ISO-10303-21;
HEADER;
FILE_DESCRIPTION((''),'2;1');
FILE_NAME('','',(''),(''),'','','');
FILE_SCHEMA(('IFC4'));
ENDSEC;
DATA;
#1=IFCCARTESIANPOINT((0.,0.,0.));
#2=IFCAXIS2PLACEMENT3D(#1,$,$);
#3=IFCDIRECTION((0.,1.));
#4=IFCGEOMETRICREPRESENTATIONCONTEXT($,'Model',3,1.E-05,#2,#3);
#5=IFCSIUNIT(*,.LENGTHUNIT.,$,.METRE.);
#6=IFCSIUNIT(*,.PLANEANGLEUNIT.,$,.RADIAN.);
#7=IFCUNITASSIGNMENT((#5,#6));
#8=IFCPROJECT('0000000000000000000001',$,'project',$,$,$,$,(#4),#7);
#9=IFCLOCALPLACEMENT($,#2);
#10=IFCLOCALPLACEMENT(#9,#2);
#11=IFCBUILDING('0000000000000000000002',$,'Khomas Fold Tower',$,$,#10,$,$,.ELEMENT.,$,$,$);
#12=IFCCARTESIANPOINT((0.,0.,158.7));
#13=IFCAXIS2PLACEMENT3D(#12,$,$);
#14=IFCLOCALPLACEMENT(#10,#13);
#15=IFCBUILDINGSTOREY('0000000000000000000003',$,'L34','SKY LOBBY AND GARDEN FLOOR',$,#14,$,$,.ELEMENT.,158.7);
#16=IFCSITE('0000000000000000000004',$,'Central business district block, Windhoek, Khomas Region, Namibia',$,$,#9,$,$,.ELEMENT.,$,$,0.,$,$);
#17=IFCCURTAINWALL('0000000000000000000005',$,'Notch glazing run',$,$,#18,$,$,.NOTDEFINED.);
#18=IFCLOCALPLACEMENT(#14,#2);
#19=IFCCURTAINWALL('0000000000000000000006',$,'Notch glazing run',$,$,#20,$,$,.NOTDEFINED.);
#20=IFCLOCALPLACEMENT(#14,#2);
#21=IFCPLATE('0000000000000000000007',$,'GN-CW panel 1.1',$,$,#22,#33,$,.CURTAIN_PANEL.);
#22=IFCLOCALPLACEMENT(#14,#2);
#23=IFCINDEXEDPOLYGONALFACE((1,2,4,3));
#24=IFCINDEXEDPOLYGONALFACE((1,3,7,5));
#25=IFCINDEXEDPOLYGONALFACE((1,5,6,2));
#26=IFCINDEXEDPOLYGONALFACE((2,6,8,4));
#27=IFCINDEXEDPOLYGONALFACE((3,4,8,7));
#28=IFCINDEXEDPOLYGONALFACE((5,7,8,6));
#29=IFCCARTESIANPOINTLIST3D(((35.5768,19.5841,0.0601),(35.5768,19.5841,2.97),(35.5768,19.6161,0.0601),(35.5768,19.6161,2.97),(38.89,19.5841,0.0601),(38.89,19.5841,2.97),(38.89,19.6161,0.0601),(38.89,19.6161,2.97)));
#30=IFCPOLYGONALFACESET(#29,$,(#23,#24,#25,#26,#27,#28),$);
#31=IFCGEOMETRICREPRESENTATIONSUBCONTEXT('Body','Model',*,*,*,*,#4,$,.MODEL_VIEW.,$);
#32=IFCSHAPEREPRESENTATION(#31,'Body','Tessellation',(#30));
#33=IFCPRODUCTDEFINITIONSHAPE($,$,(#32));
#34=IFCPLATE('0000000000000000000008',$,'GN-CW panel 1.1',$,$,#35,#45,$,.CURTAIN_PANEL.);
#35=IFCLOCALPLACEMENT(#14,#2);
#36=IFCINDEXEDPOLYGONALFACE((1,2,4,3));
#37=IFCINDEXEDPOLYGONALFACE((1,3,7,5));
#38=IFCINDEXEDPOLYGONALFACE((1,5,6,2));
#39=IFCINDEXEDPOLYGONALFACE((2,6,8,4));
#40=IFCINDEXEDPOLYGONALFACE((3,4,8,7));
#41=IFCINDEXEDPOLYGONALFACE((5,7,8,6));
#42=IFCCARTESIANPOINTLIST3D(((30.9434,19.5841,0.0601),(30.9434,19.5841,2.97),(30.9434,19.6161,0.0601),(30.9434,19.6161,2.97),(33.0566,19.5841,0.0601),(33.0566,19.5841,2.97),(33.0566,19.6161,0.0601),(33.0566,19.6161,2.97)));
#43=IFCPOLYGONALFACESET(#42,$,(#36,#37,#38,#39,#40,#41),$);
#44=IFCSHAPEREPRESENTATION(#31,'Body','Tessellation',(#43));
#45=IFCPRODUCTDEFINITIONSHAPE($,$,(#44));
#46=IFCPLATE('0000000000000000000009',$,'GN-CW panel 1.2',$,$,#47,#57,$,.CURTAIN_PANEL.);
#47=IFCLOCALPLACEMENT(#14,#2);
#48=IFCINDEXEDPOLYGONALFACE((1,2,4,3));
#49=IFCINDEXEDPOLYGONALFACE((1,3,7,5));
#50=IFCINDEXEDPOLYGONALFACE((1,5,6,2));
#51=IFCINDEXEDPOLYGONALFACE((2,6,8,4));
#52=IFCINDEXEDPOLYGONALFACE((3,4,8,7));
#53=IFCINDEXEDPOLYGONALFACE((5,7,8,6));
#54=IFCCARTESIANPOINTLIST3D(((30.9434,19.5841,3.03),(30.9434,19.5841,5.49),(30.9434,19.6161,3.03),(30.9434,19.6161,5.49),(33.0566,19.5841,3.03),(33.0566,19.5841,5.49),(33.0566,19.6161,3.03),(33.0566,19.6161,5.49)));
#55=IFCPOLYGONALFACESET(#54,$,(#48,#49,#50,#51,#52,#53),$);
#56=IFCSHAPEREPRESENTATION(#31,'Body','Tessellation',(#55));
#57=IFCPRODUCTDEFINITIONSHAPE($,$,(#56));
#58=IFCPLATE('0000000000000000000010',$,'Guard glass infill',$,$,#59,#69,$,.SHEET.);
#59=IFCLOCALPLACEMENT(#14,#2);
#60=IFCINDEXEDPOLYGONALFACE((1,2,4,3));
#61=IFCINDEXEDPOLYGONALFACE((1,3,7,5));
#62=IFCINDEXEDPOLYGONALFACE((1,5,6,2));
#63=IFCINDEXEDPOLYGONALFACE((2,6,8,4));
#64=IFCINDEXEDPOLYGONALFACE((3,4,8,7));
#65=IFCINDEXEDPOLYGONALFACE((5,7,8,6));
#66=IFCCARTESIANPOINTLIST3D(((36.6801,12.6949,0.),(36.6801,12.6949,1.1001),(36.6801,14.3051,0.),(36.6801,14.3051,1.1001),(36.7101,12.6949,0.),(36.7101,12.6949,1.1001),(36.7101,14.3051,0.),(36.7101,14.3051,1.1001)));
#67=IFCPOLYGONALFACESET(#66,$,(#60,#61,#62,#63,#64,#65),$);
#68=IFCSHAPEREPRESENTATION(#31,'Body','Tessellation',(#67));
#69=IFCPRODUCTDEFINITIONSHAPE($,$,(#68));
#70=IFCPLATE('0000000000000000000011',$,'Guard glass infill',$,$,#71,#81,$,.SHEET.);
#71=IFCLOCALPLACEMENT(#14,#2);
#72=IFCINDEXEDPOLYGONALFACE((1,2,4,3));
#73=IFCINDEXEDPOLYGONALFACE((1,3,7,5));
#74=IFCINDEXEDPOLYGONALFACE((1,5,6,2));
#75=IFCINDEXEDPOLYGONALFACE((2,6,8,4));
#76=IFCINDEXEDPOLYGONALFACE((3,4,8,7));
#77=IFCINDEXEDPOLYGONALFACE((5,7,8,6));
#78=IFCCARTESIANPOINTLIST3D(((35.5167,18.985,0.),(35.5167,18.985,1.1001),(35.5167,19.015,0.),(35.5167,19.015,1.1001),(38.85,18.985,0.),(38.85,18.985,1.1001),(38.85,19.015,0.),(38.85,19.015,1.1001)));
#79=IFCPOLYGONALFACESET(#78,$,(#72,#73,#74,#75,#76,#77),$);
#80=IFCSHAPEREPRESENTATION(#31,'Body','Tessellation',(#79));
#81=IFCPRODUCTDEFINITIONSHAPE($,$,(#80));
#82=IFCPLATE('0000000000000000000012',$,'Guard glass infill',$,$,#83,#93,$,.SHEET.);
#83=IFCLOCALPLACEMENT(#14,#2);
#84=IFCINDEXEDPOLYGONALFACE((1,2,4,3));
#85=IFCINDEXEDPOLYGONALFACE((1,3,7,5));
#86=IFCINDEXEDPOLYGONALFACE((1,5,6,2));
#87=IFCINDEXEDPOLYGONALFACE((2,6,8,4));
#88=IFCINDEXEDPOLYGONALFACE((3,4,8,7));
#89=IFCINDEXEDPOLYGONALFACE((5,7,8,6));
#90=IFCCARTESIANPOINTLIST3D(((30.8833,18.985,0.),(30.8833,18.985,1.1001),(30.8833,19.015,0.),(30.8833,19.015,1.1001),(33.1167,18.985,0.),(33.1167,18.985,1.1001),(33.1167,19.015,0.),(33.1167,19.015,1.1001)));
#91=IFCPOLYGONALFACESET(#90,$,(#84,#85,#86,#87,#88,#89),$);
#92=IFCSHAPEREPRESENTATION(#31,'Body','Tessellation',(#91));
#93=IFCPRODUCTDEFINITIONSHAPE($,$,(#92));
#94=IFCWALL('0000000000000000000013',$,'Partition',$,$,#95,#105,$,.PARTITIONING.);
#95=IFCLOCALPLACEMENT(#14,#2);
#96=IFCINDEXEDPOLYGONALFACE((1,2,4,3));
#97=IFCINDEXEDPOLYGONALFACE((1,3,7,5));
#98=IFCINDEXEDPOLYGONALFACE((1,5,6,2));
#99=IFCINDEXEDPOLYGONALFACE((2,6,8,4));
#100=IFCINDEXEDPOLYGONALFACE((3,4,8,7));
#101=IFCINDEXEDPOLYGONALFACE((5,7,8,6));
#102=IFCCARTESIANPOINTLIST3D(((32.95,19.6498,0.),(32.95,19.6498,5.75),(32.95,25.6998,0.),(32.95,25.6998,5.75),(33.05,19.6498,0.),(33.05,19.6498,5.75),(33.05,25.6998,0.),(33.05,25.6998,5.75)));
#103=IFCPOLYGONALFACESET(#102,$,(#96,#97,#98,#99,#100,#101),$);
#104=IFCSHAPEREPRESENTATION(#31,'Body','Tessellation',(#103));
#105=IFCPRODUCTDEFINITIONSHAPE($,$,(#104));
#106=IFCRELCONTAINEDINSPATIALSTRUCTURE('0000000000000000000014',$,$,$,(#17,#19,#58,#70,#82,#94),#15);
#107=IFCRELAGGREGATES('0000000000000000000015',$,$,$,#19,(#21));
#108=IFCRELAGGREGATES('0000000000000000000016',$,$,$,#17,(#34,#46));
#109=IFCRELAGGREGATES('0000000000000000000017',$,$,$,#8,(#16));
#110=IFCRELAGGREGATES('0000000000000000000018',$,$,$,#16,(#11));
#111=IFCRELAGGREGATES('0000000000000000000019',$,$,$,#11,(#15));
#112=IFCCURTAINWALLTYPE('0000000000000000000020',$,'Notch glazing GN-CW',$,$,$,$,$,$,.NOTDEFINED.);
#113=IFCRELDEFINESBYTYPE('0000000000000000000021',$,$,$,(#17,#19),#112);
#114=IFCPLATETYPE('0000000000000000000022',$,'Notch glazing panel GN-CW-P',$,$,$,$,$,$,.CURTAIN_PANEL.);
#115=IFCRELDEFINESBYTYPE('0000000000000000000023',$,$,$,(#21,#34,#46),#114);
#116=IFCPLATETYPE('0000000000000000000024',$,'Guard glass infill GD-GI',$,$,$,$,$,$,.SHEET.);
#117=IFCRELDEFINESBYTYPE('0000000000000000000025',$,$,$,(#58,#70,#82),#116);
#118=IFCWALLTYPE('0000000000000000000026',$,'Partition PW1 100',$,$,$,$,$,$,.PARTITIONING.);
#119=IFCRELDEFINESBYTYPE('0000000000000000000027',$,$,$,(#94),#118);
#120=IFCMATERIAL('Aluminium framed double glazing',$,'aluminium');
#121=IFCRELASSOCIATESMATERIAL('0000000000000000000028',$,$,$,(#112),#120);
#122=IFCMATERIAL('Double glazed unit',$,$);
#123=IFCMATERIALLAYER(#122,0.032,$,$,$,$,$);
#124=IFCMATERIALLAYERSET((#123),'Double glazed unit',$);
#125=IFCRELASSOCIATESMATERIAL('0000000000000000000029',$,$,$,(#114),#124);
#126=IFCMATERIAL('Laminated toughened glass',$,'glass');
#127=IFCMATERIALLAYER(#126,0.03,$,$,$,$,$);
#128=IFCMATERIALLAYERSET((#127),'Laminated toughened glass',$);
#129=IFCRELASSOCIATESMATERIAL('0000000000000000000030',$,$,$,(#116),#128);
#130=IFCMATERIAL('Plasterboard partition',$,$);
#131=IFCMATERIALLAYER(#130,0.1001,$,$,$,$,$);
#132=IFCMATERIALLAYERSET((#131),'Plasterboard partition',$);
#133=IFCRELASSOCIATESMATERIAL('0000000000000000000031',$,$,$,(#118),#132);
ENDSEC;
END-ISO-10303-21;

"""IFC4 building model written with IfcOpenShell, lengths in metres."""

from ifc_helpers import new_model, si_unit, direction, frame, frame_2d, origin, origin_2d, place, context, subcontext, project, spatial, rectangle, extrude, source, transform, mapped, material, layer, layer_set, type_object, element, aggregate, save


model = new_model("IFC4")

# Units and contexts
model_context = context("Model", 3, precision=1e-05, world=origin(), true_north=direction((0.0, 1.0)))
body_context = subcontext(model_context, "Body", "Model", "MODEL_VIEW")
ifc_project = project(units=[si_unit("LENGTHUNIT", "METRE"), si_unit("PLANEANGLEUNIT", "RADIAN")], contexts=[model_context])

# Site, building, storey
site_placement = place(None, origin())
site = spatial("IfcSite", under=ifc_project, at=site_placement, Name="Central business district block, Windhoek, Khomas Region, Namibia", CompositionType="ELEMENT", RefElevation=0.0)
building_placement = place(site_placement, origin())
building = spatial("IfcBuilding", under=site, at=building_placement, Name="Khomas Fold Tower", CompositionType="ELEMENT")
storey_placement = place(building_placement, frame((0.0, 0.0, 158.7)))
storey = spatial("IfcBuildingStorey", under=building, at=storey_placement, Name="L34", Description="SKY LOBBY AND GARDEN FLOOR", CompositionType="ELEMENT", Elevation=158.7)

# Curtain wall
ifc_material_1 = material(Name="Aluminium framed double glazing", Category="aluminium")
curtain_wall_type = type_object("IfcCurtainWallType", Name="Notch glazing GN-CW", PredefinedType="NOTDEFINED", material=ifc_material_1)
curtain_wall_1_placement = place(storey_placement, origin())
curtain_wall_1 = element("IfcCurtainWall", 1, at=curtain_wall_1_placement, inside=storey, type_object=curtain_wall_type, Name="Notch glazing run", PredefinedType="NOTDEFINED")

# Curtain wall
curtain_wall_2_placement = place(storey_placement, origin())
curtain_wall_2 = element("IfcCurtainWall", 2, at=curtain_wall_2_placement, inside=storey, type_object=curtain_wall_type, Name="Notch glazing run", PredefinedType="NOTDEFINED")

# Plates
ifc_material_2 = material(Name="Double glazed unit")
ifc_layer_1 = layer(ifc_material_2, 0.032)
ifc_layer_set_1 = layer_set([ifc_layer_1], Name="Double glazed unit")
plate_type_1 = type_object("IfcPlateType", Name="Notch glazing panel GN-CW-P", PredefinedType="CURTAIN_PANEL", material=ifc_layer_set_1)
shared_shape_1 = source(origin(), body_context, "Body", "SweptSolid", [
    extrude(rectangle(XDim=3.3132, YDim=0.032, at=origin_2d()), origin(), (0.0, 0.0, 1.0), 2.9099),
])
plate_1_placement = place(storey_placement, frame((37.2334, 19.6001, 0.0601), z_axis=(0.0, 0.0, 1.0), x_axis=(1.0, 0.0, 0.0)))
plate_1 = element("IfcPlate", 3, at=plate_1_placement, type_object=plate_type_1, Name="GN-CW panel 1.1", PredefinedType="CURTAIN_PANEL", context=body_context, shape_type="MappedRepresentation", body=[
    mapped(shared_shape_1, transform((0.0, 0.0, 0.0))),
])
aggregate(curtain_wall_2, [plate_1])
shared_shape_2 = source(origin(), body_context, "Body", "SweptSolid", [
    extrude(rectangle(XDim=2.1133, YDim=0.032, at=origin_2d()), origin(), (0.0, 0.0, 1.0), 2.9099),
])
plate_2_placement = place(storey_placement, frame((32.0, 19.6001, 0.0601), z_axis=(0.0, 0.0, 1.0), x_axis=(1.0, 0.0, 0.0)))
plate_2 = element("IfcPlate", 4, at=plate_2_placement, type_object=plate_type_1, Name="GN-CW panel 1.1", PredefinedType="CURTAIN_PANEL", context=body_context, shape_type="MappedRepresentation", body=[
    mapped(shared_shape_2, transform((0.0, 0.0, 0.0))),
])
shared_shape_3 = source(origin(), body_context, "Body", "SweptSolid", [
    extrude(rectangle(XDim=2.1133, YDim=0.032, at=origin_2d()), origin(), (0.0, 0.0, 1.0), 2.46),
])
plate_3_placement = place(storey_placement, frame((32.0, 19.6001, 3.03), z_axis=(0.0, 0.0, 1.0), x_axis=(1.0, 0.0, 0.0)))
plate_3 = element("IfcPlate", 5, at=plate_3_placement, type_object=plate_type_1, Name="GN-CW panel 1.2", PredefinedType="CURTAIN_PANEL", context=body_context, shape_type="MappedRepresentation", body=[
    mapped(shared_shape_3, transform((0.0, 0.0, 0.0))),
])
aggregate(curtain_wall_1, [plate_2, plate_3])

# Plates
ifc_material_3 = material(Name="Laminated toughened glass", Category="glass")
ifc_layer_2 = layer(ifc_material_3, 0.03)
ifc_layer_set_2 = layer_set([ifc_layer_2], Name="Laminated toughened glass")
plate_type_2 = type_object("IfcPlateType", Name="Guard glass infill GD-GI", PredefinedType="SHEET", material=ifc_layer_set_2)
shared_shape_4 = source(origin(), body_context, "Body", "SweptSolid", [
    extrude(rectangle(XDim=1.6101, YDim=0.03, at=origin_2d()), origin(), (0.0, 0.0, 1.0), 1.1001),
])
plate_4_placement = place(storey_placement, frame((36.6951, 13.5, 0.0), z_axis=(0.0, 0.0, 1.0), x_axis=(0.0, 1.0, 0.0)))
element("IfcPlate", 6, at=plate_4_placement, inside=storey, type_object=plate_type_2, Name="Guard glass infill", PredefinedType="SHEET", context=body_context, shape_type="MappedRepresentation", body=[
    mapped(shared_shape_4, transform((0.0, 0.0, 0.0))),
])
shared_shape_5 = source(origin(), body_context, "Body", "SweptSolid", [
    extrude(rectangle(XDim=3.3333, YDim=0.03, at=origin_2d()), origin(), (0.0, 0.0, 1.0), 1.1001),
])
plate_5_placement = place(storey_placement, frame((37.1833, 19.0, 0.0), z_axis=(0.0, 0.0, 1.0), x_axis=(1.0, 0.0, 0.0)))
element("IfcPlate", 7, at=plate_5_placement, inside=storey, type_object=plate_type_2, Name="Guard glass infill", PredefinedType="SHEET", context=body_context, shape_type="MappedRepresentation", body=[
    mapped(shared_shape_5, transform((0.0, 0.0, 0.0))),
])
shared_shape_6 = source(origin(), body_context, "Body", "SweptSolid", [
    extrude(rectangle(XDim=2.2334, YDim=0.03, at=origin_2d()), origin(), (0.0, 0.0, 1.0), 1.1001),
])
plate_6_placement = place(storey_placement, frame((32.0, 19.0, 0.0), z_axis=(0.0, 0.0, 1.0), x_axis=(1.0, 0.0, 0.0)))
element("IfcPlate", 8, at=plate_6_placement, inside=storey, type_object=plate_type_2, Name="Guard glass infill", PredefinedType="SHEET", context=body_context, shape_type="MappedRepresentation", body=[
    mapped(shared_shape_6, transform((0.0, 0.0, 0.0))),
])

# Wall
ifc_material_4 = material(Name="Plasterboard partition")
ifc_layer_3 = layer(ifc_material_4, 0.1001)
ifc_layer_set_3 = layer_set([ifc_layer_3], Name="Plasterboard partition")
wall_type_1 = type_object("IfcWallType", Name="Partition PW1 100", PredefinedType="PARTITIONING", material=ifc_layer_set_3)
shared_shape_7 = source(origin(), body_context, "Body", "SweptSolid", [
    extrude(rectangle(XDim=6.05, YDim=0.1001, at=frame_2d((3.0249, 0.0))), origin(), (0.0, 0.0, 1.0), 5.75),
])
wall_1_placement = place(storey_placement, frame((33.0, 19.6499, 0.0), z_axis=(0.0, 0.0, 1.0), x_axis=(0.0, 1.0, 0.0)))
element("IfcWall", 9, at=wall_1_placement, inside=storey, type_object=wall_type_1, Name="Partition", PredefinedType="PARTITIONING", context=body_context, shape_type="MappedRepresentation", body=[
    mapped(shared_shape_7, transform((0.0, 0.0, 0.0))),
])

save(model, "model.ifc")
